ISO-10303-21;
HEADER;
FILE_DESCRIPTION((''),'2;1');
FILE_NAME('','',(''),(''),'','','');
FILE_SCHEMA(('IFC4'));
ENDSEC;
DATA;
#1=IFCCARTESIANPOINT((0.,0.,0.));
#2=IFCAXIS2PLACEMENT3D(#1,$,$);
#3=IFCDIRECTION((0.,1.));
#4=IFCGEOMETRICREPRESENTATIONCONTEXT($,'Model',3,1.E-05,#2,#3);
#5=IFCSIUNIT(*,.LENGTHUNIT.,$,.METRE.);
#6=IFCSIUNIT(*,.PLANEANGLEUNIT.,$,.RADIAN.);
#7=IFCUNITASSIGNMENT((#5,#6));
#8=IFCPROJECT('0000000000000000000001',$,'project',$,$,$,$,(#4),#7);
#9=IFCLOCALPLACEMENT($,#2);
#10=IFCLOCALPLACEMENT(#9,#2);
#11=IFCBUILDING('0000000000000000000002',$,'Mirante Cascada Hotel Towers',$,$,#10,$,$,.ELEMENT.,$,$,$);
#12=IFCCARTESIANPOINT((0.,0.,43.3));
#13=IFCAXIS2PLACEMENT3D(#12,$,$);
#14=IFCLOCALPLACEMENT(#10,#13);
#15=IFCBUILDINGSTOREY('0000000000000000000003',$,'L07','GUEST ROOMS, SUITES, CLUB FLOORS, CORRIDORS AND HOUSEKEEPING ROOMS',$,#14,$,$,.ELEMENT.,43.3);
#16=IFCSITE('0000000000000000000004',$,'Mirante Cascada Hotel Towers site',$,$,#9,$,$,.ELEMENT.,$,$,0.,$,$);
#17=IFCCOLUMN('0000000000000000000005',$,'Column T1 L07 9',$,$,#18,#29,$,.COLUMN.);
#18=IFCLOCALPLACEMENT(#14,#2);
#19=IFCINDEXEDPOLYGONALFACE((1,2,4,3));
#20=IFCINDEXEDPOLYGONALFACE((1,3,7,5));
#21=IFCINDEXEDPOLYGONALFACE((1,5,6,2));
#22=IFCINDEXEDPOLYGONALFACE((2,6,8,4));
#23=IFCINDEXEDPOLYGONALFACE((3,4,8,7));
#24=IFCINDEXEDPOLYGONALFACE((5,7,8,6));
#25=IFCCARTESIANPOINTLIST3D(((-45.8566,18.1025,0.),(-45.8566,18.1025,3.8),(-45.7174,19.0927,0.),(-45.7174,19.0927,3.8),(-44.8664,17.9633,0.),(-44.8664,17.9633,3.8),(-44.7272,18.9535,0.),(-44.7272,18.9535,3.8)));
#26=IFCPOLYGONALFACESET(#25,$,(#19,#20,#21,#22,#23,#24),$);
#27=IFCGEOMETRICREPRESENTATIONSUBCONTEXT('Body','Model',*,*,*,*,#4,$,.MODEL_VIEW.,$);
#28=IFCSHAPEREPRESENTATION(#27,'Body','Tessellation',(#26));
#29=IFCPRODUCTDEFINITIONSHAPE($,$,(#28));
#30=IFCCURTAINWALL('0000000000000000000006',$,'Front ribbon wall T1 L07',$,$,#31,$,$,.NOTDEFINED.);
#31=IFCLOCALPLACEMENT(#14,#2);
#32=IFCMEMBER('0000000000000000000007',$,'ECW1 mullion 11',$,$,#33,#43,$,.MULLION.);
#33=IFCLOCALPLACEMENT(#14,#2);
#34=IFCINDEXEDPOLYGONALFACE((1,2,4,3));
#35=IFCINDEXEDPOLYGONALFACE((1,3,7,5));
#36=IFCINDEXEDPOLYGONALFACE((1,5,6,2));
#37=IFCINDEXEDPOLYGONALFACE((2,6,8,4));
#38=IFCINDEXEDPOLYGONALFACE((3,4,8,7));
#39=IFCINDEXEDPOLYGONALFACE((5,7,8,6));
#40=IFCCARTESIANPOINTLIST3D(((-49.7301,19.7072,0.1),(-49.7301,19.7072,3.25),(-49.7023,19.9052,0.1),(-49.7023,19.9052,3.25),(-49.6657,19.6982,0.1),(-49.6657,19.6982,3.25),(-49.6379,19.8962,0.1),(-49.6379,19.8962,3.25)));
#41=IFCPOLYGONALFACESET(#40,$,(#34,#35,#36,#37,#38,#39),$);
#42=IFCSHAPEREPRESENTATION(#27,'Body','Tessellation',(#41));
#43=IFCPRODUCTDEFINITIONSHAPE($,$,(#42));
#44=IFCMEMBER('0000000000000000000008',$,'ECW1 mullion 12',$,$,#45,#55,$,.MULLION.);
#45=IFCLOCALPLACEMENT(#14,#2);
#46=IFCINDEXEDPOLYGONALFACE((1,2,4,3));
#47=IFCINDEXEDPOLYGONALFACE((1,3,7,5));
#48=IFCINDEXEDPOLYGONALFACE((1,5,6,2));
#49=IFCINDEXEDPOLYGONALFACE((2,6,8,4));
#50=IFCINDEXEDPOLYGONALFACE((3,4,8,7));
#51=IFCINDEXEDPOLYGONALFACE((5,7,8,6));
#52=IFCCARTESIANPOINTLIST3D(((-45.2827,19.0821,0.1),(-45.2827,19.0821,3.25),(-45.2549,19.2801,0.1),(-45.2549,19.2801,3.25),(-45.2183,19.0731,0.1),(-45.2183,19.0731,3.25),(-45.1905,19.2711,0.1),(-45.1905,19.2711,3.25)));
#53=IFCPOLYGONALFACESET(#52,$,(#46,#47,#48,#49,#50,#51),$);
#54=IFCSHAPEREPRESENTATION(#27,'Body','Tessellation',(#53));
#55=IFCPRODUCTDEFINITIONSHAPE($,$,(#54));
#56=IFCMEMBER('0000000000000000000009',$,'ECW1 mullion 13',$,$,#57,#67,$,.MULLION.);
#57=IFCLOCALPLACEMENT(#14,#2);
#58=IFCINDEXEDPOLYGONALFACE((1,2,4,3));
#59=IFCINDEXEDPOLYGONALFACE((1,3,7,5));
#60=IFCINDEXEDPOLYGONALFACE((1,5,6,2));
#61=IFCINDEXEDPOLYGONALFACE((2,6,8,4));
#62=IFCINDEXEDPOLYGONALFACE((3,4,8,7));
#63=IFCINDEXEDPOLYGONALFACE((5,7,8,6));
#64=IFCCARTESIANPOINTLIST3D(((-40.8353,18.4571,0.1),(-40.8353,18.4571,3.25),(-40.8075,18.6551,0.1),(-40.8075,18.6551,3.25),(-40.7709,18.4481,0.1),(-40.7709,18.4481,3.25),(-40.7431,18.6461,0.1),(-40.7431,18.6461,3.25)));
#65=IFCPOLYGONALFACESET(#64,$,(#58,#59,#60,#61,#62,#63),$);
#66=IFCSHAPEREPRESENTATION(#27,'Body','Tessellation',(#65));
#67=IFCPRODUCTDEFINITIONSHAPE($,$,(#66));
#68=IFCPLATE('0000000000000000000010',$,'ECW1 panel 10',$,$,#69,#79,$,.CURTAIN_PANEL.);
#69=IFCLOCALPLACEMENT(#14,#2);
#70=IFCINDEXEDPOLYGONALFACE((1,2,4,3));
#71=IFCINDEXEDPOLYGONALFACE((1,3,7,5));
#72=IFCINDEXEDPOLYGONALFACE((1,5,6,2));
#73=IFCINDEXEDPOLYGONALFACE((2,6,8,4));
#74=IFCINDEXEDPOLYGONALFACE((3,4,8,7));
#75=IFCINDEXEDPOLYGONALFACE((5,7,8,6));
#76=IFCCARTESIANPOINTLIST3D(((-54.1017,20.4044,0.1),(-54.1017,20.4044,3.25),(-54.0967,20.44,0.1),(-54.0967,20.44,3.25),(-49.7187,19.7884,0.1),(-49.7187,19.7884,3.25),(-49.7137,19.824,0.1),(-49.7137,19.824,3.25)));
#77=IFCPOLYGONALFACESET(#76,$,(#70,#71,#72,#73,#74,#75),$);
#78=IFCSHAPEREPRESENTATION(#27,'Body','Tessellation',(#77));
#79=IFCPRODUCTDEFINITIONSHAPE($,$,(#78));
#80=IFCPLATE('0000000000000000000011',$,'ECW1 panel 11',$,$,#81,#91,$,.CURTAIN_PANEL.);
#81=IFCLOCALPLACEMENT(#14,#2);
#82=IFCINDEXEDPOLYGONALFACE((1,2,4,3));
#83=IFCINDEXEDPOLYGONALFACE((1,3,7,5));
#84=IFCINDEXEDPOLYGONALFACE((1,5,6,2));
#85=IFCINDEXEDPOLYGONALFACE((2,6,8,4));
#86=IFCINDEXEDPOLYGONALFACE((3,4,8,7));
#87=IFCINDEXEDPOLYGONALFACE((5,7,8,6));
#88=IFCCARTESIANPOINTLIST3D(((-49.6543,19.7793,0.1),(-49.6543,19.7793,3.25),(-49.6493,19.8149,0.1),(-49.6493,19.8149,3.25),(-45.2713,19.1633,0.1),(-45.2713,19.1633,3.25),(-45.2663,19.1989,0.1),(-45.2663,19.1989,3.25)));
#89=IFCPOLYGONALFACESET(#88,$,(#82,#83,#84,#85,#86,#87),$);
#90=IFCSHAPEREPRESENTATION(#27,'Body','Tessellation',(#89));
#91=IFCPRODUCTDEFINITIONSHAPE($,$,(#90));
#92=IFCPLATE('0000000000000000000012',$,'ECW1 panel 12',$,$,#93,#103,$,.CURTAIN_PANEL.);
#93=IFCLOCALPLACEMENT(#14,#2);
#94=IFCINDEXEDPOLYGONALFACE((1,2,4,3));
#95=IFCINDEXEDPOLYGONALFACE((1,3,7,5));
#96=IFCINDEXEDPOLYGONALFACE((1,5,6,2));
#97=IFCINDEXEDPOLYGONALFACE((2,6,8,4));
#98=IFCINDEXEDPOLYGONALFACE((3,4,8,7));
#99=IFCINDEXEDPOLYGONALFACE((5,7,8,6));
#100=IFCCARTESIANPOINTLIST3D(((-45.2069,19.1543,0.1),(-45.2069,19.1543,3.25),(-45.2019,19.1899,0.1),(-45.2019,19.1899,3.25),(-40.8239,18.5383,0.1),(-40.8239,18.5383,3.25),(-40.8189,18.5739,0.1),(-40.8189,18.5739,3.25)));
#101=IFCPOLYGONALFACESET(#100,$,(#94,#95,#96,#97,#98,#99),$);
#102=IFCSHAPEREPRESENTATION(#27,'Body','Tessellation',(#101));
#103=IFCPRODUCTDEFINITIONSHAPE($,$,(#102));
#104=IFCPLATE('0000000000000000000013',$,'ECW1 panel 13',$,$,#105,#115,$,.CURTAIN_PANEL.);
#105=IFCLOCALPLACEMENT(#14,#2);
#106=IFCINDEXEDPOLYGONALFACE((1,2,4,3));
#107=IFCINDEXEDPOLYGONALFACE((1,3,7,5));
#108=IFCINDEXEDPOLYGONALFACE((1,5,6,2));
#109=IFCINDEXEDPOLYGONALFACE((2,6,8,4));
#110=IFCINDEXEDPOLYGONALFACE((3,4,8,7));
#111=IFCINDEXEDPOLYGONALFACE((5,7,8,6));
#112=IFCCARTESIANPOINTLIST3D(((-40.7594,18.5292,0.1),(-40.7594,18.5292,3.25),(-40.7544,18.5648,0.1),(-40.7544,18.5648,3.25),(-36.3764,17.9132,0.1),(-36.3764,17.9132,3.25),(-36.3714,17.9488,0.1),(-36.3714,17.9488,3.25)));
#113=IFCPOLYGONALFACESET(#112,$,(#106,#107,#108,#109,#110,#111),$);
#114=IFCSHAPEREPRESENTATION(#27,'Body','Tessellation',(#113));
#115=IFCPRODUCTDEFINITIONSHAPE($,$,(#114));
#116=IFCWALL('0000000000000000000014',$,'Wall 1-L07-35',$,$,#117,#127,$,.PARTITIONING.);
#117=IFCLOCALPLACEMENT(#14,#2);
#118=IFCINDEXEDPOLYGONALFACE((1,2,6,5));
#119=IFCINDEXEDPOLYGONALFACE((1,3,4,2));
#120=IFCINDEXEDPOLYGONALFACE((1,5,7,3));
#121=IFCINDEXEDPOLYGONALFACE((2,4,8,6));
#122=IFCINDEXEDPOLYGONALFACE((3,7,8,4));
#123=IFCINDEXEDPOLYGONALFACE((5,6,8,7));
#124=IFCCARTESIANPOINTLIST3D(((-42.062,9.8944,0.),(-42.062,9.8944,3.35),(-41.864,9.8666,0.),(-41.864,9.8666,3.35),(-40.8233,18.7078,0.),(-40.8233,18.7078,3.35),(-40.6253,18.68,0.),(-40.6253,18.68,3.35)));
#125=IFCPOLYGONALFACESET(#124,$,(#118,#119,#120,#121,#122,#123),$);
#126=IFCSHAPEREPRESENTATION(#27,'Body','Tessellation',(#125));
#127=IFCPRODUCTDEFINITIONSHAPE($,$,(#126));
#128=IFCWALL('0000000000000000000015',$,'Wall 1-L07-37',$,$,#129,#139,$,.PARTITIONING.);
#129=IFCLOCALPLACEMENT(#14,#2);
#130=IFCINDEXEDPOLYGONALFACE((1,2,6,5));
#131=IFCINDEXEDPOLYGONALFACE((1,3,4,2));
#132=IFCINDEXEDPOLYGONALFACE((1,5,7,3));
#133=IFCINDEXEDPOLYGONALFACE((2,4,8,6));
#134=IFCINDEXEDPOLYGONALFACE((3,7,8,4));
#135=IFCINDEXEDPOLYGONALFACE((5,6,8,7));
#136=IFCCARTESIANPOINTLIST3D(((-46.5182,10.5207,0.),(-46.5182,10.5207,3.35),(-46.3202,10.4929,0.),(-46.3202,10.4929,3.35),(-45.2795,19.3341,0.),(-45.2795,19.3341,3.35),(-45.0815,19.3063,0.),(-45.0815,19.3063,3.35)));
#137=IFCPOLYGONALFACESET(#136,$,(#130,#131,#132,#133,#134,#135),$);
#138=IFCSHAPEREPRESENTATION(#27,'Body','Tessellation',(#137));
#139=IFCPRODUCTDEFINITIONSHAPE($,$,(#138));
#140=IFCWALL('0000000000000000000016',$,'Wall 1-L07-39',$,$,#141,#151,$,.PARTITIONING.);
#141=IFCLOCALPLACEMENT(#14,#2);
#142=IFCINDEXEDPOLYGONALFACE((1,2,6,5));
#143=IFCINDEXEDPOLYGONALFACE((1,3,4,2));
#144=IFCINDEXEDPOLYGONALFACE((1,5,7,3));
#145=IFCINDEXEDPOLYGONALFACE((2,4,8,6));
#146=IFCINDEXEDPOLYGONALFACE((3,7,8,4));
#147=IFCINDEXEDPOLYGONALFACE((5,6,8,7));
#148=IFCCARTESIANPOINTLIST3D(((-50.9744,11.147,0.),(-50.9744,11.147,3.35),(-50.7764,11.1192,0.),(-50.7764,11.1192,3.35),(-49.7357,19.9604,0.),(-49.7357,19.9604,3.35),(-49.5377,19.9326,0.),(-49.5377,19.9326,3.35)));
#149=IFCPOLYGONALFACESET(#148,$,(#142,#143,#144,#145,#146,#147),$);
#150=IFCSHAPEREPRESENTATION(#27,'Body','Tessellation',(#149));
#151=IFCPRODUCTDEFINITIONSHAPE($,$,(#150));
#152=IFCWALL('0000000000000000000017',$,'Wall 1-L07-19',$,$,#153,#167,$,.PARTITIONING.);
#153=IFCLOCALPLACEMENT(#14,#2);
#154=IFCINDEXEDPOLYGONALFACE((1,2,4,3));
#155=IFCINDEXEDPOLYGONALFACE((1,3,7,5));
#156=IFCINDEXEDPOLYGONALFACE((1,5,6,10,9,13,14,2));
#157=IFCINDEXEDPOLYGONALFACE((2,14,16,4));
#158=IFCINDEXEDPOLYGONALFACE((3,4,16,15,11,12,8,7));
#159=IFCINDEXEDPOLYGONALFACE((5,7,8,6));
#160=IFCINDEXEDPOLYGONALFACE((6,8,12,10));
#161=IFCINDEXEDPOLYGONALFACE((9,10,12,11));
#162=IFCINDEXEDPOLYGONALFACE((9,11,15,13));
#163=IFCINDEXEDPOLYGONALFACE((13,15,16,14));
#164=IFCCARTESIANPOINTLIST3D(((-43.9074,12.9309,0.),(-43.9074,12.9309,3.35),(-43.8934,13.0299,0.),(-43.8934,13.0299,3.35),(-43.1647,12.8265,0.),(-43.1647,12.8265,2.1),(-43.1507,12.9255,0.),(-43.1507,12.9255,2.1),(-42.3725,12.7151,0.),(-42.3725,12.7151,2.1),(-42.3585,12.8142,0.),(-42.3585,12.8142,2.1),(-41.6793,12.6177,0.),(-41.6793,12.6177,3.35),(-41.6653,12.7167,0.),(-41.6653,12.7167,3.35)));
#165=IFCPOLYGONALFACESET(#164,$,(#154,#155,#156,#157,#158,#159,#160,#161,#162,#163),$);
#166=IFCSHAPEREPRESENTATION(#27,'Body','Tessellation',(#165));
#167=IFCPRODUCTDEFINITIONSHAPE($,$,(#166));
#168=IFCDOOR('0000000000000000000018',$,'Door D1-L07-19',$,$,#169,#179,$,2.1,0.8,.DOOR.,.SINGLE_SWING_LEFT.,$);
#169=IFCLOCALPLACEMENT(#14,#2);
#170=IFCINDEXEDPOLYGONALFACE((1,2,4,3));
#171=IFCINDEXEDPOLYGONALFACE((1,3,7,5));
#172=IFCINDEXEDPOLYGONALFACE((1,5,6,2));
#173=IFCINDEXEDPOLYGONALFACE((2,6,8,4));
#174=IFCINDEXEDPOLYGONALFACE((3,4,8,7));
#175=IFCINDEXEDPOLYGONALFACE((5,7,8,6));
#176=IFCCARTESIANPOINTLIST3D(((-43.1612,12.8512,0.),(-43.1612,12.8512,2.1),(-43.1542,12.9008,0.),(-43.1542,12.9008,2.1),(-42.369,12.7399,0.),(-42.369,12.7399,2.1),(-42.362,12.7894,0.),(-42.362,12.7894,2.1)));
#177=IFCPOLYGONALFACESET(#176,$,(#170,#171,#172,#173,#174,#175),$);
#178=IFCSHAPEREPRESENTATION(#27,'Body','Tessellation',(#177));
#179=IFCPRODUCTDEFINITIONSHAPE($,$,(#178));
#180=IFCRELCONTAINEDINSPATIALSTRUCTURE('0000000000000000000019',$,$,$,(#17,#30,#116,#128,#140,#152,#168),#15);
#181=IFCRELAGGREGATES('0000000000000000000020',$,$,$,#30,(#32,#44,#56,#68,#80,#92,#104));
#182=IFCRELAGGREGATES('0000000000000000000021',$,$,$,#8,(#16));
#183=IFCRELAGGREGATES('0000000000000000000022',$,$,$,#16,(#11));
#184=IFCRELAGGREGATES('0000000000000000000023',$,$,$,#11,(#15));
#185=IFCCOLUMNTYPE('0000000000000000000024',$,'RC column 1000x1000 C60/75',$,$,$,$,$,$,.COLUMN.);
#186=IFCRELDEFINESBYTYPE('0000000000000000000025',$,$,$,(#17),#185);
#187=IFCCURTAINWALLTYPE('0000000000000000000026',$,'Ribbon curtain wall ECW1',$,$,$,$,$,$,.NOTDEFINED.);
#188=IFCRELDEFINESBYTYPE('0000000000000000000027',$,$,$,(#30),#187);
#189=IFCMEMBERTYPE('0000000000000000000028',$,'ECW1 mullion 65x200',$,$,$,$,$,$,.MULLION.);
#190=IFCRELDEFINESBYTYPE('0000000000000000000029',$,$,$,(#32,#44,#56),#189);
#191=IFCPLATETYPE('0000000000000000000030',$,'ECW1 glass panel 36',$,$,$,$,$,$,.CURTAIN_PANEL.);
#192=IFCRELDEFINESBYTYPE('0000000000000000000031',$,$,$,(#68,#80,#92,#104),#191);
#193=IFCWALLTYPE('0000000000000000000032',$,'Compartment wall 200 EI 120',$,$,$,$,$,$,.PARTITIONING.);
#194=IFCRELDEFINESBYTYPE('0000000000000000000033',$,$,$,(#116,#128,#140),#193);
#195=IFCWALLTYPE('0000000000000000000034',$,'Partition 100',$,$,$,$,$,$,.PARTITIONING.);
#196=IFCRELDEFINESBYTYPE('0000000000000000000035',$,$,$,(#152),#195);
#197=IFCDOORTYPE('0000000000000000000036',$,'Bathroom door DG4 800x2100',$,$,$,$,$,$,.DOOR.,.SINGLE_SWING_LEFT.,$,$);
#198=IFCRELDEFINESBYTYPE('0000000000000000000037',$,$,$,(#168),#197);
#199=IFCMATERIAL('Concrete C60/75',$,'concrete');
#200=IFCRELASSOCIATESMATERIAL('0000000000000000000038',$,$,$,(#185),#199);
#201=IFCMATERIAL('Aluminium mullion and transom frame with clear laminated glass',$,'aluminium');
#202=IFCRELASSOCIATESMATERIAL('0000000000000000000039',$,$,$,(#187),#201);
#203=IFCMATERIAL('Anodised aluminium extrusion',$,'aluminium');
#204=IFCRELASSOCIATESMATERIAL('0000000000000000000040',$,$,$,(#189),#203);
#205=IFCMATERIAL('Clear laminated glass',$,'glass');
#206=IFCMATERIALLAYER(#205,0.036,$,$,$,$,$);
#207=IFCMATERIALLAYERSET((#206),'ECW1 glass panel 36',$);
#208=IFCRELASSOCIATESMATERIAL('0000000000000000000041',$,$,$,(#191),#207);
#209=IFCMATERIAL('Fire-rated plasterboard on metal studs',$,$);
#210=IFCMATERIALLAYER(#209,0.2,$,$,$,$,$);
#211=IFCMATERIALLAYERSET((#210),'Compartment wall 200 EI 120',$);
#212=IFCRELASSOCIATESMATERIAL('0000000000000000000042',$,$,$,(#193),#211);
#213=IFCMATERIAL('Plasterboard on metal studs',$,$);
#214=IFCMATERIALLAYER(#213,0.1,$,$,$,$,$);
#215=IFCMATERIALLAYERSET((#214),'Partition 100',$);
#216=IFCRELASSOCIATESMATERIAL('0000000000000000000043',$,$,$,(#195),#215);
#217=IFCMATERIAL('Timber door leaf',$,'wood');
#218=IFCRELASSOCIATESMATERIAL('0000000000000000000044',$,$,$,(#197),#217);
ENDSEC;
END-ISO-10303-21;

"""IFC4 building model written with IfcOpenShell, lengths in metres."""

from ifc_helpers import new_model, si_unit, direction, frame, frame_2d, origin, origin_2d, place, context, subcontext, project, spatial, rectangle, extrude, material, layer, layer_set, material_profile, profile_set, type_object, element, fill, aggregate, save


model = new_model("IFC4")

# Units and contexts
model_context = context("Model", 3, precision=1e-05, world=origin(), true_north=direction((0.0, 1.0)))
body_context = subcontext(model_context, "Body", "Model", "MODEL_VIEW")
ifc_project = project(units=[si_unit("LENGTHUNIT", "METRE"), si_unit("PLANEANGLEUNIT", "RADIAN")], contexts=[model_context])

# Site, building, storey
site_placement = place(None, origin())
site = spatial("IfcSite", under=ifc_project, at=site_placement, Name="Mirante Cascada Hotel Towers site", CompositionType="ELEMENT", RefElevation=0.0)
building_placement = place(site_placement, origin())
building = spatial("IfcBuilding", under=site, at=building_placement, Name="Mirante Cascada Hotel Towers", CompositionType="ELEMENT")
storey_placement = place(building_placement, frame((0.0, 0.0, 43.3)))
storey = spatial("IfcBuildingStorey", under=building, at=storey_placement, Name="L07", Description="GUEST ROOMS, SUITES, CLUB FLOORS, CORRIDORS AND HOUSEKEEPING ROOMS", CompositionType="ELEMENT", Elevation=43.3)

# Column
ifc_material_1 = material(Name="Concrete C60/75", Category="concrete")
ifc_material_profile_1 = material_profile(ifc_material_1, rectangle(XDim=1.0, YDim=1.0, at=origin_2d()), Name="RC column 1000x1000 C60/75")
ifc_profile_set_1 = profile_set([ifc_material_profile_1], Name="Concrete C60/75")
column_type = type_object("IfcColumnType", Name="RC column 1000x1000 C60/75", PredefinedType="COLUMN", material=ifc_profile_set_1)
column_placement = place(storey_placement, frame((-45.2919, 18.528, 0.0), z_axis=(0.0, 0.0, 1.0), x_axis=(-0.990268, 0.139173, 0.0)))
element("IfcColumn", 1, at=column_placement, inside=storey, type_object=column_type, Name="Column T1 L07 9", PredefinedType="COLUMN", context=body_context, shape_type="SweptSolid", body=[
    extrude(rectangle(XDim=1.0, YDim=1.0, at=origin_2d()), origin(), (0.0, 0.0, 1.0), 3.8),
])

# Curtain wall, members, plates
ifc_material_2 = material(Name="Aluminium mullion and transom frame with clear laminated glass", Category="aluminium")
curtain_wall_type = type_object("IfcCurtainWallType", Name="Ribbon curtain wall ECW1", PredefinedType="NOTDEFINED", material=ifc_material_2)
curtain_wall_placement = place(storey_placement, origin())
curtain_wall = element("IfcCurtainWall", 2, at=curtain_wall_placement, inside=storey, type_object=curtain_wall_type, Name="Front ribbon wall T1 L07", PredefinedType="NOTDEFINED")
ifc_material_3 = material(Name="Anodised aluminium extrusion", Category="aluminium")
ifc_material_profile_2 = material_profile(ifc_material_3, rectangle(XDim=0.2, YDim=0.065, at=origin_2d()), Name="ECW1 MULLION 65x200")
ifc_profile_set_2 = profile_set([ifc_material_profile_2], Name="Anodised aluminium extrusion")
member_type = type_object("IfcMemberType", Name="ECW1 mullion 65x200", PredefinedType="MULLION", material=ifc_profile_set_2)
member_1_placement = place(storey_placement, frame((-49.684, 19.8017, 0.1), z_axis=(0.0, 0.0, 1.0), x_axis=(0.139173, 0.990268, 0.0)))
member_1 = element("IfcMember", 3, at=member_1_placement, type_object=member_type, Name="ECW1 mullion 11", PredefinedType="MULLION", context=body_context, shape_type="SweptSolid", body=[
    extrude(rectangle(XDim=0.2, YDim=0.065, at=origin_2d()), origin(), (0.0, 0.0, 1.0), 3.15),
])
member_2_placement = place(storey_placement, frame((-45.2366, 19.1766, 0.1), z_axis=(0.0, 0.0, 1.0), x_axis=(0.139173, 0.990268, 0.0)))
member_2 = element("IfcMember", 4, at=member_2_placement, type_object=member_type, Name="ECW1 mullion 12", PredefinedType="MULLION", context=body_context, shape_type="SweptSolid", body=[
    extrude(rectangle(XDim=0.2, YDim=0.065, at=origin_2d()), origin(), (0.0, 0.0, 1.0), 3.15),
])
member_3_placement = place(storey_placement, frame((-40.7892, 18.5516, 0.1), z_axis=(0.0, 0.0, 1.0), x_axis=(0.139173, 0.990268, 0.0)))
member_3 = element("IfcMember", 5, at=member_3_placement, type_object=member_type, Name="ECW1 mullion 13", PredefinedType="MULLION", context=body_context, shape_type="SweptSolid", body=[
    extrude(rectangle(XDim=0.2, YDim=0.065, at=origin_2d()), origin(), (0.0, 0.0, 1.0), 3.15),
])
ifc_material_4 = material(Name="Clear laminated glass", Category="glass")
ifc_layer_1 = layer(ifc_material_4, 0.036)
ifc_layer_set_1 = layer_set([ifc_layer_1], Name="ECW1 glass panel 36")
plate_type = type_object("IfcPlateType", Name="ECW1 glass panel 36", PredefinedType="CURTAIN_PANEL", material=ifc_layer_set_1)
plate_1_placement = place(storey_placement, frame((-51.9077, 20.1142, 0.1), z_axis=(0.0, 0.0, 1.0), x_axis=(0.990268, -0.139173, 0.0)))
plate_1 = element("IfcPlate", 6, at=plate_1_placement, type_object=plate_type, Name="ECW1 panel 10", PredefinedType="CURTAIN_PANEL", context=body_context, shape_type="SweptSolid", body=[
    extrude(rectangle(XDim=4.4261, YDim=0.036, at=origin_2d()), origin(), (0.0, 0.0, 1.0), 3.15),
])
plate_2_placement = place(storey_placement, frame((-47.4603, 19.4891, 0.1), z_axis=(0.0, 0.0, 1.0), x_axis=(0.990268, -0.139173, 0.0)))
plate_2 = element("IfcPlate", 7, at=plate_2_placement, type_object=plate_type, Name="ECW1 panel 11", PredefinedType="CURTAIN_PANEL", context=body_context, shape_type="SweptSolid", body=[
    extrude(rectangle(XDim=4.4261, YDim=0.036, at=origin_2d()), origin(), (0.0, 0.0, 1.0), 3.15),
])
plate_3_placement = place(storey_placement, frame((-43.0129, 18.8641, 0.1), z_axis=(0.0, 0.0, 1.0), x_axis=(0.990268, -0.139173, 0.0)))
plate_3 = element("IfcPlate", 8, at=plate_3_placement, type_object=plate_type, Name="ECW1 panel 12", PredefinedType="CURTAIN_PANEL", context=body_context, shape_type="SweptSolid", body=[
    extrude(rectangle(XDim=4.4261, YDim=0.036, at=origin_2d()), origin(), (0.0, 0.0, 1.0), 3.15),
])
plate_4_placement = place(storey_placement, frame((-38.5654, 18.239, 0.1), z_axis=(0.0, 0.0, 1.0), x_axis=(0.990268, -0.139173, 0.0)))
plate_4 = element("IfcPlate", 9, at=plate_4_placement, type_object=plate_type, Name="ECW1 panel 13", PredefinedType="CURTAIN_PANEL", context=body_context, shape_type="SweptSolid", body=[
    extrude(rectangle(XDim=4.4261, YDim=0.036, at=origin_2d()), origin(), (0.0, 0.0, 1.0), 3.15),
])
aggregate(curtain_wall, [member_1, member_2, member_3, plate_1, plate_2, plate_3, plate_4])

# Walls
ifc_material_5 = material(Name="Fire-rated plasterboard on metal studs")
ifc_layer_2 = layer(ifc_material_5, 0.2)
ifc_layer_set_2 = layer_set([ifc_layer_2], Name="Compartment wall 200 EI 120")
wall_type_1 = type_object("IfcWallType", Name="Compartment wall 200 EI 120", PredefinedType="PARTITIONING", material=ifc_layer_set_2)
for number, where, z_axis, x_axis, name in (
    (10, (-40.7243, 18.6939, 0.0), (0.0, 0.0, 1.0), (-0.139179, -0.990267, 0.0), "Wall 1-L07-35"),
    (11, (-45.1805, 19.3202, 0.0), (0.0, 0.0, 1.0), (-0.139179, -0.990267, 0.0), "Wall 1-L07-37"),
    (12, (-49.6367, 19.9465, 0.0), (0.0, 0.0, 1.0), (-0.139179, -0.990267, 0.0), "Wall 1-L07-39"),
):
    element("IfcWall", number, at=place(storey_placement, frame(where, z_axis=z_axis, x_axis=x_axis)), inside=storey, type_object=wall_type_1, Name=name, PredefinedType="PARTITIONING", context=body_context, shape_type="SweptSolid", body=[
        extrude(rectangle(XDim=8.9, YDim=0.2, at=frame_2d((4.45, 0.0))), origin(), (0.0, 0.0, 1.0), 3.35),
    ])

# Wall, opening, door
ifc_material_6 = material(Name="Plasterboard on metal studs")
ifc_layer_3 = layer(ifc_material_6, 0.1)
ifc_layer_set_3 = layer_set([ifc_layer_3], Name="Partition 100")
wall_type_2 = type_object("IfcWallType", Name="Partition 100", PredefinedType="PARTITIONING", material=ifc_layer_set_3)
wall_1_placement = place(storey_placement, frame((-43.9004, 12.9804, 0.0), z_axis=(0.0, 0.0, 1.0), x_axis=(0.990264, -0.1392, 0.0)))
wall_1 = element("IfcWall", 13, at=wall_1_placement, inside=storey, type_object=wall_type_2, Name="Wall 1-L07-19", PredefinedType="PARTITIONING", context=body_context, shape_type="SweptSolid", body=[
    extrude(rectangle(XDim=2.25, YDim=0.1, at=frame_2d((1.125, 0.0))), origin(), (0.0, 0.0, 1.0), 3.35),
])
opening_1_placement = place(wall_1_placement, frame((0.75, 0.0, 0.0)))
opening_1 = element("IfcOpeningElement", 14, at=opening_1_placement, cuts=wall_1, PredefinedType="OPENING", context=body_context, shape_type="SweptSolid", body=[
    extrude(rectangle(XDim=0.8, YDim=2.1, at=frame_2d((0.4, 1.05))), frame((0.0, 0.05, 0.0), z_axis=(0.0, -1.0, 0.0), x_axis=(1.0, 0.0, 0.0)), (0.0, 0.0, 1.0), 0.1),
])
ifc_material_7 = material(Name="Timber door leaf", Category="wood")
door_type = type_object("IfcDoorType", Name="Bathroom door DG4 800x2100", OperationType="SINGLE_SWING_LEFT", PredefinedType="DOOR", material=ifc_material_7)
door_1_placement = place(opening_1_placement, origin())
door_1 = element("IfcDoor", 15, at=door_1_placement, inside=storey, type_object=door_type, Name="Door D1-L07-19", OperationType="SINGLE_SWING_LEFT", OverallHeight=2.1, OverallWidth=0.8, PredefinedType="DOOR", context=body_context, shape_type="SweptSolid", body=[
    extrude(rectangle(XDim=0.8, YDim=2.1, at=frame_2d((0.4, 1.05))), frame((0.0, 0.025, 0.0), z_axis=(0.0, -1.0, 0.0), x_axis=(1.0, 0.0, 0.0)), (0.0, 0.0, 1.0), 0.05),
])
fill(opening_1, door_1)

save(model, "model.ifc")
